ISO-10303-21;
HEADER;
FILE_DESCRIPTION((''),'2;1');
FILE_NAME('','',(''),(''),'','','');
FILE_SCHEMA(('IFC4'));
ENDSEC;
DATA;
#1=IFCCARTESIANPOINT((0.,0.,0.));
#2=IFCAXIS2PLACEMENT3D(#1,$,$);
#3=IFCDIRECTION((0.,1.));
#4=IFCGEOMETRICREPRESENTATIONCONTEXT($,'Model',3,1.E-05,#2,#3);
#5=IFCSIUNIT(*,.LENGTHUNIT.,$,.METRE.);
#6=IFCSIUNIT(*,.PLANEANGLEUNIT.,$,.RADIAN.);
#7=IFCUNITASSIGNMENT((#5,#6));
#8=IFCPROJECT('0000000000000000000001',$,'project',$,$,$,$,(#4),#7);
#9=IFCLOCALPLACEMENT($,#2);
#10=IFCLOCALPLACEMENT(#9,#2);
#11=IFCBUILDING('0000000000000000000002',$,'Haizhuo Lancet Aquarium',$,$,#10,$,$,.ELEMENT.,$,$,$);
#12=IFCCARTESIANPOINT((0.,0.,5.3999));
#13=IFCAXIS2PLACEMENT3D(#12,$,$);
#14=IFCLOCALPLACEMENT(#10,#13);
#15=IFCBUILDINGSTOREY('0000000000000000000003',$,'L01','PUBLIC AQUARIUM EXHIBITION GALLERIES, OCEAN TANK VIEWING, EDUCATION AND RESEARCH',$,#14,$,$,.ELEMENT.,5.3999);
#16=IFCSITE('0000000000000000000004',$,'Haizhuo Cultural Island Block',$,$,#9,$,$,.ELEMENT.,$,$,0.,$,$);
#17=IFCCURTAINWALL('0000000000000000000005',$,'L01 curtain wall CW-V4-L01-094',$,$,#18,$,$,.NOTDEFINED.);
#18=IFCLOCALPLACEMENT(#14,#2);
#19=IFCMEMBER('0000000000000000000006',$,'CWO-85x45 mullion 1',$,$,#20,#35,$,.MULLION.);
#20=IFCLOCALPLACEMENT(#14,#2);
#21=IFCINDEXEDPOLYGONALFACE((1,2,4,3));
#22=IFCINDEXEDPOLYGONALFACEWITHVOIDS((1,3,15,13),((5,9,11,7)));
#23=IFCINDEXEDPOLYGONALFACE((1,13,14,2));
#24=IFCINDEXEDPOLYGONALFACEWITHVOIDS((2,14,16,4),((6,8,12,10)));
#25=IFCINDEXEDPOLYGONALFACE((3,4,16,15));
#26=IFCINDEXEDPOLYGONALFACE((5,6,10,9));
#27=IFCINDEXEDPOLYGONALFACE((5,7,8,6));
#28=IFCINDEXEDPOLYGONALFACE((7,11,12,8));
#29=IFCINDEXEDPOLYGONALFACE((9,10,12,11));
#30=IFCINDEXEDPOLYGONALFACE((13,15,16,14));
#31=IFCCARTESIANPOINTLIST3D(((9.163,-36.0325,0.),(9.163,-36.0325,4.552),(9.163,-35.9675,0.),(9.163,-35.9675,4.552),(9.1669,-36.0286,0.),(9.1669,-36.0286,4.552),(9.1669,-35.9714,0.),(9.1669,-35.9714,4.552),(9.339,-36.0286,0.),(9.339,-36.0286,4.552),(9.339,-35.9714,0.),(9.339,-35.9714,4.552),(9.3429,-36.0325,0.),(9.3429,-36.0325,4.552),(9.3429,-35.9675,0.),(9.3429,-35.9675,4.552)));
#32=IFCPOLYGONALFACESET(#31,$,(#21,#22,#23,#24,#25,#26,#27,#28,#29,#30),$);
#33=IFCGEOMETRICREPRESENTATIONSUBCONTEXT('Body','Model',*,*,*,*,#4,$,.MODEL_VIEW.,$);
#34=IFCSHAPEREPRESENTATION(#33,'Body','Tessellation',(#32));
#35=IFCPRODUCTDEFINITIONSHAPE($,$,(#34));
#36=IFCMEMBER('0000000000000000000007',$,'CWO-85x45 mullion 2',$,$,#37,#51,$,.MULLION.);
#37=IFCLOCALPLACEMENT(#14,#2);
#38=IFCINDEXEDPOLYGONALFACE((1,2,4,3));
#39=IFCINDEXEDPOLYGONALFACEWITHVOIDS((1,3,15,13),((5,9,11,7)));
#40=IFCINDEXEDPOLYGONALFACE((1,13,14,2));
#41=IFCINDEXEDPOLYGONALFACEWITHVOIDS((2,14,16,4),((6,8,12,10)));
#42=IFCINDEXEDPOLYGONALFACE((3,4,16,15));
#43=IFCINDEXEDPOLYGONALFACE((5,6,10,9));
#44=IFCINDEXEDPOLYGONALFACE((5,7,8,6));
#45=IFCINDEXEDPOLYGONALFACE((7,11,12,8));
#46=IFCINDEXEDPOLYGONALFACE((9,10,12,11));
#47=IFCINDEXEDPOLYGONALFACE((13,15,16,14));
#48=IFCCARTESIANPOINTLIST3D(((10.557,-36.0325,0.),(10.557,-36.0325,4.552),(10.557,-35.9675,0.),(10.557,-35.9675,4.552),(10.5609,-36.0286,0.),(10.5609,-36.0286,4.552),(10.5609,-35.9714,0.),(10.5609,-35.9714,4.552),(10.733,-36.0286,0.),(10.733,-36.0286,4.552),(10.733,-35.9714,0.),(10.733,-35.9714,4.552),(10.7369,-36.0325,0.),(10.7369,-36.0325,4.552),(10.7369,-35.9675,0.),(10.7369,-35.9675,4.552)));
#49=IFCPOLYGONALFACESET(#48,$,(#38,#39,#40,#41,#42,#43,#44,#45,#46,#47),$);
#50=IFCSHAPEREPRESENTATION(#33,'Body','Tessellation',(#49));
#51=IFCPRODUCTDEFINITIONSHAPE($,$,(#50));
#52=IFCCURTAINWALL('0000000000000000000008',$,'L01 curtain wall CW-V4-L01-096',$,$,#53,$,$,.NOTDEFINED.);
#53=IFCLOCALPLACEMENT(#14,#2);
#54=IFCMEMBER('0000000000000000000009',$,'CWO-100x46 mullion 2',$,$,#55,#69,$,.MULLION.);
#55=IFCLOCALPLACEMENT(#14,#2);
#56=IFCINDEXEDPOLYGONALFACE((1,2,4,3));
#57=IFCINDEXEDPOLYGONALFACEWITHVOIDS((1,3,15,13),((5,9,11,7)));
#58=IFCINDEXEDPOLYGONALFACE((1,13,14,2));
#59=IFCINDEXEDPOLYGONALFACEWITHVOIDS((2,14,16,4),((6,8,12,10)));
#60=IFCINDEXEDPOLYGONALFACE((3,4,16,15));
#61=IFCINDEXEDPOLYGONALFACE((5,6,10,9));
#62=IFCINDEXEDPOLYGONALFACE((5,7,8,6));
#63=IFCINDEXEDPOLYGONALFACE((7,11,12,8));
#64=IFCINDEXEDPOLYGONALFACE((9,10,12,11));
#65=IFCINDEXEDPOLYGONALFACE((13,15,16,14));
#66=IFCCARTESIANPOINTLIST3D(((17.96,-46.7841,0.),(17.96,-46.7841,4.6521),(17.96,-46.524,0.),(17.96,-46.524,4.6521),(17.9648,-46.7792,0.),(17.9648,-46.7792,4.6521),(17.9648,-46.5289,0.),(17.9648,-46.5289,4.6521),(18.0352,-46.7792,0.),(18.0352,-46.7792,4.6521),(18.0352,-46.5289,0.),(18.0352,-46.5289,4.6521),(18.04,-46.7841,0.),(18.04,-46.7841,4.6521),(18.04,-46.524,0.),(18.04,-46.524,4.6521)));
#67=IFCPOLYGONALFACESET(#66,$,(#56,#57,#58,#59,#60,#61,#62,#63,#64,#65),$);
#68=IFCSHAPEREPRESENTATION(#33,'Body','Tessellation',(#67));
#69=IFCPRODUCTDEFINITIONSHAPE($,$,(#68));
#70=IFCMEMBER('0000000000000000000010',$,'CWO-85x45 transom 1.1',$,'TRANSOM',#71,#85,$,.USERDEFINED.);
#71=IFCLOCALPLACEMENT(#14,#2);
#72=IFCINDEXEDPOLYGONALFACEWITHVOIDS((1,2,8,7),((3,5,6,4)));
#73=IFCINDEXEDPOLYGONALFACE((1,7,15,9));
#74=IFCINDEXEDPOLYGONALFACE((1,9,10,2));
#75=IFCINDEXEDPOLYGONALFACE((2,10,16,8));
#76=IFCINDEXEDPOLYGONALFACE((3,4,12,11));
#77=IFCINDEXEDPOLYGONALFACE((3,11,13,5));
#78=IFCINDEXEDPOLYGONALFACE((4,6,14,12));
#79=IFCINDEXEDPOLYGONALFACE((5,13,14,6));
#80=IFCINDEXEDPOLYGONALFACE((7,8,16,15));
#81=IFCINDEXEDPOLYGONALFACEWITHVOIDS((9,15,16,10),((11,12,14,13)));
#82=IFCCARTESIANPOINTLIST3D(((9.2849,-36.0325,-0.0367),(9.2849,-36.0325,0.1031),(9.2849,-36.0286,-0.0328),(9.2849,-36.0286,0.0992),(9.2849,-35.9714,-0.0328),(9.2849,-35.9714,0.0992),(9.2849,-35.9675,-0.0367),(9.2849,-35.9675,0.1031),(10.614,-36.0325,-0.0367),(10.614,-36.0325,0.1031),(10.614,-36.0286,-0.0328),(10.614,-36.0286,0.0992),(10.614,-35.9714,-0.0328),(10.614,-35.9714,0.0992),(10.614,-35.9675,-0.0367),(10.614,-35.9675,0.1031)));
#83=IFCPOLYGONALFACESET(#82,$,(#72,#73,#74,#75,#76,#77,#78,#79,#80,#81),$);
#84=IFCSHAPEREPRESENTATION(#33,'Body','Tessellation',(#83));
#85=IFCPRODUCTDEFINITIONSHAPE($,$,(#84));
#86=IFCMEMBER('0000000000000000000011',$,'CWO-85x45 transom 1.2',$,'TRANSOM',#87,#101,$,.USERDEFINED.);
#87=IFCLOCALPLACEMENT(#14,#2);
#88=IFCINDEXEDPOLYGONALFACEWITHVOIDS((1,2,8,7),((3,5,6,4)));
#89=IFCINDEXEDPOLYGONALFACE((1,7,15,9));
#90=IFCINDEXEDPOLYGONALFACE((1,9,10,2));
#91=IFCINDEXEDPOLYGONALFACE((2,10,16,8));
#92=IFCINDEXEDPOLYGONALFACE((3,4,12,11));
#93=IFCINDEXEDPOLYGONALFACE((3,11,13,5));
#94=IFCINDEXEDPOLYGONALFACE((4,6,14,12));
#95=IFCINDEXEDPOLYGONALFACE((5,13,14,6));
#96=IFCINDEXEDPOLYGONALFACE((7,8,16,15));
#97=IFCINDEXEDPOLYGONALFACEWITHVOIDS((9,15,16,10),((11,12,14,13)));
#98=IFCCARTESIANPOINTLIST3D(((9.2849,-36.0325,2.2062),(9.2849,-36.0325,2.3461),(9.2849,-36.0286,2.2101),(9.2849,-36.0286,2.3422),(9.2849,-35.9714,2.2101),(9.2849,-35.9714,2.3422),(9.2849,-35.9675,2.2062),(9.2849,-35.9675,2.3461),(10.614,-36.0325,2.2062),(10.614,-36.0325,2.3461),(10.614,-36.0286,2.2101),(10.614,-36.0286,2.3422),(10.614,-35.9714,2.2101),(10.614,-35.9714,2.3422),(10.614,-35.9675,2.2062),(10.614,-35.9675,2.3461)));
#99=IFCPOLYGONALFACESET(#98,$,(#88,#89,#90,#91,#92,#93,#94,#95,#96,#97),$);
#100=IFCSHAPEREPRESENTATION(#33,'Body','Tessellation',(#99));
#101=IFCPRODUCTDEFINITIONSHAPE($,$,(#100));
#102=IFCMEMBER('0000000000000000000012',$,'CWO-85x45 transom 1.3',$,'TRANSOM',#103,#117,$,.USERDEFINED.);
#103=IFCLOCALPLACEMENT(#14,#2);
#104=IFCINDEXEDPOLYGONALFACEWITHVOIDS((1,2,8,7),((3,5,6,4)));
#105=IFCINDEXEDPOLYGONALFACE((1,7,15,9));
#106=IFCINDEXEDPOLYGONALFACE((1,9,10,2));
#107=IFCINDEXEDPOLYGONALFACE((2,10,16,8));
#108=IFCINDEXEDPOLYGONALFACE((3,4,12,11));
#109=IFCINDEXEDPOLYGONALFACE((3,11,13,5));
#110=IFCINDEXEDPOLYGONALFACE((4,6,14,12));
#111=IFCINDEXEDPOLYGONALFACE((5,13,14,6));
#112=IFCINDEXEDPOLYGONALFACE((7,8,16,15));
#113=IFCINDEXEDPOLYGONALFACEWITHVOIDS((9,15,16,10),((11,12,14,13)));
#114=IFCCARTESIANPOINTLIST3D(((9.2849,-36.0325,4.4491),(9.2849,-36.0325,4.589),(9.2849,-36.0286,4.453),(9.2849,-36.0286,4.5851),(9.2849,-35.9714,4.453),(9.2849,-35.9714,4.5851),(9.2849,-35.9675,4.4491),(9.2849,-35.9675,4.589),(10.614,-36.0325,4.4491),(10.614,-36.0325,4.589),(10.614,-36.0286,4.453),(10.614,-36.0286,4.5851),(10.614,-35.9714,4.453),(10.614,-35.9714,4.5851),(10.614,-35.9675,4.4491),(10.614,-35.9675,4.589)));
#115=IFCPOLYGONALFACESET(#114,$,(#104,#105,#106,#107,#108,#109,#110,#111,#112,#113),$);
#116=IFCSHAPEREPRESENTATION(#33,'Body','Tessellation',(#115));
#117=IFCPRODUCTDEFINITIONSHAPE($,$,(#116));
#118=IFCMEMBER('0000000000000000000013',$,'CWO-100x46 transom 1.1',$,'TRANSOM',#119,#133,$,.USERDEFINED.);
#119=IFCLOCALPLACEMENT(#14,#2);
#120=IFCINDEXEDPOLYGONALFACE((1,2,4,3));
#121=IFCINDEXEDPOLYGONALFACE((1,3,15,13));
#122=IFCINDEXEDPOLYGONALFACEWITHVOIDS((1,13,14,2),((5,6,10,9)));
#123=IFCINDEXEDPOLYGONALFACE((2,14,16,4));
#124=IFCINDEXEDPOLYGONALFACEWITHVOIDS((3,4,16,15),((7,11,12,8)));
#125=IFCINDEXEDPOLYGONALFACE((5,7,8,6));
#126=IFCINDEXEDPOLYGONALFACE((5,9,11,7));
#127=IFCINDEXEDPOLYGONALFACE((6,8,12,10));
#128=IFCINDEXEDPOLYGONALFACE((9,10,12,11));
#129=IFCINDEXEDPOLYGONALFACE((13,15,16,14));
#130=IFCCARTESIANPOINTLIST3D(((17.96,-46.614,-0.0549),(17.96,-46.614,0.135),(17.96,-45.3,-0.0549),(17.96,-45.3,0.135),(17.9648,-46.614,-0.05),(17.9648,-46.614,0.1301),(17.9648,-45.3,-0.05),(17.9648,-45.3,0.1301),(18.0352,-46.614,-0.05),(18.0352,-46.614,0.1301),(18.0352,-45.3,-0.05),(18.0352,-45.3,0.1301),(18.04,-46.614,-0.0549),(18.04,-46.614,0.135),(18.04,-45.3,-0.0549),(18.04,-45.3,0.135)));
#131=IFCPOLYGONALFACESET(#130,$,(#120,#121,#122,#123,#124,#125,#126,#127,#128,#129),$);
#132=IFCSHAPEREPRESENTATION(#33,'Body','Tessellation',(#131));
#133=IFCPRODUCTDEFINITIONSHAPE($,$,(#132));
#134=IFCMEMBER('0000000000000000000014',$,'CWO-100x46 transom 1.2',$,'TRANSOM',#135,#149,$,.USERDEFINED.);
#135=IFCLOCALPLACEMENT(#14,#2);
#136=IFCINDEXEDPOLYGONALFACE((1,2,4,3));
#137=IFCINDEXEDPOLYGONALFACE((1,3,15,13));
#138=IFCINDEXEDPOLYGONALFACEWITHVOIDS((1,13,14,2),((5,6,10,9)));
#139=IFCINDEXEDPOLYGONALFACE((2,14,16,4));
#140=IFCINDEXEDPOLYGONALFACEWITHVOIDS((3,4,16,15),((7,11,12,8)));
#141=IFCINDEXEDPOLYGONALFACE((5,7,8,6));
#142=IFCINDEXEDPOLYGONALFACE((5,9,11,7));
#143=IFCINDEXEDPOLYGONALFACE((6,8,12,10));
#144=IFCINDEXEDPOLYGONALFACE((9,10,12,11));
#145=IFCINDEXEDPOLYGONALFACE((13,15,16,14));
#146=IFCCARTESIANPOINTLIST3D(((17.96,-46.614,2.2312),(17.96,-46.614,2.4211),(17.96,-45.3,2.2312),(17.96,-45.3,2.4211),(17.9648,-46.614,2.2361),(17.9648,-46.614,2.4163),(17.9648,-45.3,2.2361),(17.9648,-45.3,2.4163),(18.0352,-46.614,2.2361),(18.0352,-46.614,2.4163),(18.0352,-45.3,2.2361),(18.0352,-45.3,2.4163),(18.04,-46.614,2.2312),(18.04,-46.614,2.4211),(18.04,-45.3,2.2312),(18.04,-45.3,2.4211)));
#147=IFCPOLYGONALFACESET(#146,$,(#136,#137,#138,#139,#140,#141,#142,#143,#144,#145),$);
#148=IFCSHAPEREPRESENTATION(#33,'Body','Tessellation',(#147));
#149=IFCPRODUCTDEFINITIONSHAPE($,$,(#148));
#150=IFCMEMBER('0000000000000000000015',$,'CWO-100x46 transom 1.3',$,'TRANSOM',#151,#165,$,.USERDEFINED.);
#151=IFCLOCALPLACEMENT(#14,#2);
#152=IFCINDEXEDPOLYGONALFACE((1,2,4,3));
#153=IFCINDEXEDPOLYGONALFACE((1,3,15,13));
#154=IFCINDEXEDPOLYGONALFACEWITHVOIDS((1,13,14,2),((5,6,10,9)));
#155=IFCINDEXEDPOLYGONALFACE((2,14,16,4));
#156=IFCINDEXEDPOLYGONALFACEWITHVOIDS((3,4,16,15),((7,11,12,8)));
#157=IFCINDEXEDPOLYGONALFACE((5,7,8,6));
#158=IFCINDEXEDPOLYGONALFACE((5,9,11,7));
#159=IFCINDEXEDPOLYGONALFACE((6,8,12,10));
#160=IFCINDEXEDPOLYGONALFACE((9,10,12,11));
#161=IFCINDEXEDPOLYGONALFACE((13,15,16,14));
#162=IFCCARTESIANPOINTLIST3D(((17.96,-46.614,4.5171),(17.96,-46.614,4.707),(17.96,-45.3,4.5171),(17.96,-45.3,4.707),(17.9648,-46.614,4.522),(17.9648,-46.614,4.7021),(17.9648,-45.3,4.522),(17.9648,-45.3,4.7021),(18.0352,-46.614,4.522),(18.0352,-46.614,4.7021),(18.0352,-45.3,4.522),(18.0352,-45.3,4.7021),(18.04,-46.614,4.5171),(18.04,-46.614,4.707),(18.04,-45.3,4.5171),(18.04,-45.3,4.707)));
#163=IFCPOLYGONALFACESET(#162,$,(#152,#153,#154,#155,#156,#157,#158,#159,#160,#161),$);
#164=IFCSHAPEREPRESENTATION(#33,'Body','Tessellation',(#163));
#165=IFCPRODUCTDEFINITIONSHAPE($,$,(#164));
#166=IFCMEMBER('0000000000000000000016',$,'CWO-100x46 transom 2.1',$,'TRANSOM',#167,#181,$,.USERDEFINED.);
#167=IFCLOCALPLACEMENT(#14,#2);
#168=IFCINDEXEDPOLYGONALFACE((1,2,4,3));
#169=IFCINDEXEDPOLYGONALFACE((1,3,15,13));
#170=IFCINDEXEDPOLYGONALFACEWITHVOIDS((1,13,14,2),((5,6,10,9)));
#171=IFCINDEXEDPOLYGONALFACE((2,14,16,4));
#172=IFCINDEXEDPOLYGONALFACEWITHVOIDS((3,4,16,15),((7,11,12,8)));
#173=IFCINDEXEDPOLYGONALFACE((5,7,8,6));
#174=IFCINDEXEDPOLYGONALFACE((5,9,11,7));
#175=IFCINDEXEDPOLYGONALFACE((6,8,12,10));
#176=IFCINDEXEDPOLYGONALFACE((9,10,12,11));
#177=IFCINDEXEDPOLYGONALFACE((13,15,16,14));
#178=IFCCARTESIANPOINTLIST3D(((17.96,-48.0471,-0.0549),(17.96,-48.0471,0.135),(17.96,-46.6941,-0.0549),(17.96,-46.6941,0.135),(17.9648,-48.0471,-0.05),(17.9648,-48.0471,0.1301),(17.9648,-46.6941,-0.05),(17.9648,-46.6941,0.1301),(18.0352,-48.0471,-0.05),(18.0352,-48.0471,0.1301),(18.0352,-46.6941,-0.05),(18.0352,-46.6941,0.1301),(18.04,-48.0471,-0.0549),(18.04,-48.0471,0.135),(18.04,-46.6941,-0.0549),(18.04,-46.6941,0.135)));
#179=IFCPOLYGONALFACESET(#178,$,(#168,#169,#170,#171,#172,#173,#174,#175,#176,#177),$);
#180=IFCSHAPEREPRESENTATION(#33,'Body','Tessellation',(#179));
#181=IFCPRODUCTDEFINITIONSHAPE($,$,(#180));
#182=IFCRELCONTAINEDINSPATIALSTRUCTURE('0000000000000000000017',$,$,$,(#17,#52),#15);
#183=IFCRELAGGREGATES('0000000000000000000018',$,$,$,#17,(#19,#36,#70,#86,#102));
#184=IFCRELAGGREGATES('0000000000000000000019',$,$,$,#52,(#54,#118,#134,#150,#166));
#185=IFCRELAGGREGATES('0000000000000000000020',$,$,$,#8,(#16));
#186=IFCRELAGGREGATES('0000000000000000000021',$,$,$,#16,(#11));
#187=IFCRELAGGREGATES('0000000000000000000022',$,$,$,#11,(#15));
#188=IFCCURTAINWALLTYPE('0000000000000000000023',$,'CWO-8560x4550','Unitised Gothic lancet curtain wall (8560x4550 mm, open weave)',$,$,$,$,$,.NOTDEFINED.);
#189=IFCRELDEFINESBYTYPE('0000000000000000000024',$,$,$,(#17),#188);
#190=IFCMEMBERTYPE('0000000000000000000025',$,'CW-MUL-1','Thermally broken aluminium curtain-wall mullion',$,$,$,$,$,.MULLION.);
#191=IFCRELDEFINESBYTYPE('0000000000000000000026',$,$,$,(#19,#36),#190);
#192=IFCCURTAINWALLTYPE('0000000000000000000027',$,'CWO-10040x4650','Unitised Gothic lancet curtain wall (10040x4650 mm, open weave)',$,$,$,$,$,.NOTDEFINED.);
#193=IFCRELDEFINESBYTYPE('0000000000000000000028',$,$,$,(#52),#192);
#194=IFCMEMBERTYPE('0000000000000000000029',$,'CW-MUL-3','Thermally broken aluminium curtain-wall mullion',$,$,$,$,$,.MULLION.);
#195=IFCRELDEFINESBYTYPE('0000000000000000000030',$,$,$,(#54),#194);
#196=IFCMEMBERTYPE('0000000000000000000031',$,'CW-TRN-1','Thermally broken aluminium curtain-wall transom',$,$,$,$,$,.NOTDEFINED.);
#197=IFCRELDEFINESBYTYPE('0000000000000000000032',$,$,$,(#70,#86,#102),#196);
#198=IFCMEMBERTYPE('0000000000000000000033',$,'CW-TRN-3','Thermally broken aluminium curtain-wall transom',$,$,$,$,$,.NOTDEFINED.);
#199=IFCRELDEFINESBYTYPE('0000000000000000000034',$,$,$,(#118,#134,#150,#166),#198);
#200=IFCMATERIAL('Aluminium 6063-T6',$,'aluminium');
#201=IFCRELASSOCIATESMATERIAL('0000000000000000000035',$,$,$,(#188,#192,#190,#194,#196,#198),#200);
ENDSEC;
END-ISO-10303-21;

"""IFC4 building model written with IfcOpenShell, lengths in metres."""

from ifc_helpers import new_model, si_unit, direction, frame, origin, origin_2d, place, context, subcontext, project, spatial, hollow_rectangle, extrude, material, material_profile, profile_set, type_object, element, aggregate, save


model = new_model("IFC4")

# Units and contexts
model_context = context("Model", 3, precision=1e-05, world=origin(), true_north=direction((0.0, 1.0)))
body_context = subcontext(model_context, "Body", "Model", "MODEL_VIEW")
ifc_project = project(units=[si_unit("LENGTHUNIT", "METRE"), si_unit("PLANEANGLEUNIT", "RADIAN")], contexts=[model_context])

# Site, building, storey
site_placement = place(None, origin())
site = spatial("IfcSite", under=ifc_project, at=site_placement, Name="Haizhuo Cultural Island Block", CompositionType="ELEMENT", RefElevation=0.0)
building_placement = place(site_placement, origin())
building = spatial("IfcBuilding", under=site, at=building_placement, Name="Haizhuo Lancet Aquarium", CompositionType="ELEMENT")
storey_placement = place(building_placement, frame((0.0, 0.0, 5.3999)))
storey = spatial("IfcBuildingStorey", under=building, at=storey_placement, Name="L01", Description="PUBLIC AQUARIUM EXHIBITION GALLERIES, OCEAN TANK VIEWING, EDUCATION AND RESEARCH", CompositionType="ELEMENT", Elevation=5.3999)

# Curtain wall, members
ifc_material_1 = material(Name="Aluminium 6063-T6", Category="aluminium")
curtain_wall_type_1 = type_object("IfcCurtainWallType", Name="CWO-8560x4550", Description="Unitised Gothic lancet curtain wall (8560x4550 mm, open weave)", PredefinedType="NOTDEFINED", material=ifc_material_1)
curtain_wall_1_placement = place(storey_placement, origin())
curtain_wall_1 = element("IfcCurtainWall", 1, at=curtain_wall_1_placement, inside=storey, type_object=curtain_wall_type_1, Name="L01 curtain wall CW-V4-L01-094", PredefinedType="NOTDEFINED")
ifc_material_profile_1 = material_profile(ifc_material_1, hollow_rectangle(XDim=0.0649, YDim=0.1799, WallThickness=0.0039, at=origin_2d()), Name="ALU-M 65x180x4")
ifc_profile_set_1 = profile_set([ifc_material_profile_1], Name="Aluminium 6063-T6")
member_type_1 = type_object("IfcMemberType", Name="CW-MUL-1", Description="Thermally broken aluminium curtain-wall mullion", PredefinedType="MULLION", material=ifc_profile_set_1)
member_1_placement = place(storey_placement, frame((9.2529, -36.0, 0.0), z_axis=(0.0, 0.0, 1.0), x_axis=(0.0, 1.0, 0.0)))
member_1 = element("IfcMember", 2, at=member_1_placement, type_object=member_type_1, Name="CWO-85x45 mullion 1", PredefinedType="MULLION", context=body_context, shape_type="SweptSolid", body=[
    extrude(hollow_rectangle(XDim=0.0649, YDim=0.1799, WallThickness=0.0039, at=origin_2d()), origin(), (0.0, 0.0, 1.0), 4.552),
])
member_2_placement = place(storey_placement, frame((10.647, -36.0, 0.0), z_axis=(0.0, 0.0, 1.0), x_axis=(0.0, 1.0, 0.0)))
member_2 = element("IfcMember", 3, at=member_2_placement, type_object=member_type_1, Name="CWO-85x45 mullion 2", PredefinedType="MULLION", context=body_context, shape_type="SweptSolid", body=[
    extrude(hollow_rectangle(XDim=0.0649, YDim=0.1799, WallThickness=0.0039, at=origin_2d()), origin(), (0.0, 0.0, 1.0), 4.552),
])

# Curtain wall, member
curtain_wall_type_2 = type_object("IfcCurtainWallType", Name="CWO-10040x4650", Description="Unitised Gothic lancet curtain wall (10040x4650 mm, open weave)", PredefinedType="NOTDEFINED", material=ifc_material_1)
curtain_wall_2_placement = place(storey_placement, origin())
curtain_wall_2 = element("IfcCurtainWall", 4, at=curtain_wall_2_placement, inside=storey, type_object=curtain_wall_type_2, Name="L01 curtain wall CW-V4-L01-096", PredefinedType="NOTDEFINED")
ifc_material_profile_2 = material_profile(ifc_material_1, hollow_rectangle(XDim=0.0801, YDim=0.26, WallThickness=0.0049, at=origin_2d()), Name="ALU-M 80x260x5")
ifc_profile_set_2 = profile_set([ifc_material_profile_2], Name="Aluminium 6063-T6")
member_type_2 = type_object("IfcMemberType", Name="CW-MUL-3", Description="Thermally broken aluminium curtain-wall mullion", PredefinedType="MULLION", material=ifc_profile_set_2)
member_3_placement = place(storey_placement, frame((18.0, -46.6541, 0.0), z_axis=(0.0, 0.0, 1.0), x_axis=(1.0, 0.0, 0.0)))
member_3 = element("IfcMember", 5, at=member_3_placement, type_object=member_type_2, Name="CWO-100x46 mullion 2", PredefinedType="MULLION", context=body_context, shape_type="SweptSolid", body=[
    extrude(hollow_rectangle(XDim=0.0801, YDim=0.26, WallThickness=0.0049, at=origin_2d()), origin(), (0.0, 0.0, 1.0), 4.6521),
])

# Members
ifc_material_profile_3 = material_profile(ifc_material_1, hollow_rectangle(XDim=0.0649, YDim=0.1399, WallThickness=0.0039, at=origin_2d()), Name="ALU-T 65x140x4")
ifc_profile_set_3 = profile_set([ifc_material_profile_3], Name="Aluminium 6063-T6")
member_type_3 = type_object("IfcMemberType", Name="CW-TRN-1", Description="Thermally broken aluminium curtain-wall transom", PredefinedType="NOTDEFINED", material=ifc_profile_set_3)
member_4_placement = place(storey_placement, frame((9.2849, -36.0, 0.0332), z_axis=(1.0, 0.0, 0.0), x_axis=(0.0, 1.0, 0.0)))
member_4 = element("IfcMember", 6, at=member_4_placement, type_object=member_type_3, Name="CWO-85x45 transom 1.1", ObjectType="TRANSOM", PredefinedType="USERDEFINED", context=body_context, shape_type="SweptSolid", body=[
    extrude(hollow_rectangle(XDim=0.0649, YDim=0.1399, WallThickness=0.0039, at=origin_2d()), origin(), (0.0, 0.0, 1.0), 1.3291),
])
member_5_placement = place(storey_placement, frame((9.2849, -36.0, 2.2761), z_axis=(1.0, 0.0, 0.0), x_axis=(0.0, 1.0, 0.0)))
member_5 = element("IfcMember", 7, at=member_5_placement, type_object=member_type_3, Name="CWO-85x45 transom 1.2", ObjectType="TRANSOM", PredefinedType="USERDEFINED", context=body_context, shape_type="SweptSolid", body=[
    extrude(hollow_rectangle(XDim=0.0649, YDim=0.1399, WallThickness=0.0039, at=origin_2d()), origin(), (0.0, 0.0, 1.0), 1.3291),
])
member_6_placement = place(storey_placement, frame((9.2849, -36.0, 4.519), z_axis=(1.0, 0.0, 0.0), x_axis=(0.0, 1.0, 0.0)))
member_6 = element("IfcMember", 8, at=member_6_placement, type_object=member_type_3, Name="CWO-85x45 transom 1.3", ObjectType="TRANSOM", PredefinedType="USERDEFINED", context=body_context, shape_type="SweptSolid", body=[
    extrude(hollow_rectangle(XDim=0.0649, YDim=0.1399, WallThickness=0.0039, at=origin_2d()), origin(), (0.0, 0.0, 1.0), 1.3291),
])
ifc_material_profile_4 = material_profile(ifc_material_1, hollow_rectangle(XDim=0.0801, YDim=0.1899, WallThickness=0.0049, at=origin_2d()), Name="ALU-T 80x190x5")
ifc_profile_set_4 = profile_set([ifc_material_profile_4], Name="Aluminium 6063-T6")
member_type_4 = type_object("IfcMemberType", Name="CW-TRN-3", Description="Thermally broken aluminium curtain-wall transom", PredefinedType="NOTDEFINED", material=ifc_profile_set_4)
member_7_placement = place(storey_placement, frame((18.0, -45.3, 0.04), z_axis=(0.0, -1.0, 0.0), x_axis=(1.0, 0.0, 0.0)))
member_7 = element("IfcMember", 9, at=member_7_placement, type_object=member_type_4, Name="CWO-100x46 transom 1.1", ObjectType="TRANSOM", PredefinedType="USERDEFINED", context=body_context, shape_type="SweptSolid", body=[
    extrude(hollow_rectangle(XDim=0.0801, YDim=0.1899, WallThickness=0.0049, at=origin_2d()), origin(), (0.0, 0.0, 1.0), 1.314),
])
member_8_placement = place(storey_placement, frame((18.0, -45.3, 2.3262), z_axis=(0.0, -1.0, 0.0), x_axis=(1.0, 0.0, 0.0)))
member_8 = element("IfcMember", 10, at=member_8_placement, type_object=member_type_4, Name="CWO-100x46 transom 1.2", ObjectType="TRANSOM", PredefinedType="USERDEFINED", context=body_context, shape_type="SweptSolid", body=[
    extrude(hollow_rectangle(XDim=0.0801, YDim=0.1899, WallThickness=0.0049, at=origin_2d()), origin(), (0.0, 0.0, 1.0), 1.314),
])
member_9_placement = place(storey_placement, frame((18.0, -45.3, 4.6121), z_axis=(0.0, -1.0, 0.0), x_axis=(1.0, 0.0, 0.0)))
member_9 = element("IfcMember", 11, at=member_9_placement, type_object=member_type_4, Name="CWO-100x46 transom 1.3", ObjectType="TRANSOM", PredefinedType="USERDEFINED", context=body_context, shape_type="SweptSolid", body=[
    extrude(hollow_rectangle(XDim=0.0801, YDim=0.1899, WallThickness=0.0049, at=origin_2d()), origin(), (0.0, 0.0, 1.0), 1.314),
])
member_10_placement = place(storey_placement, frame((18.0, -46.6941, 0.04), z_axis=(0.0, -1.0, 0.0), x_axis=(1.0, 0.0, 0.0)))
member_10 = element("IfcMember", 12, at=member_10_placement, type_object=member_type_4, Name="CWO-100x46 transom 2.1", ObjectType="TRANSOM", PredefinedType="USERDEFINED", context=body_context, shape_type="SweptSolid", body=[
    extrude(hollow_rectangle(XDim=0.0801, YDim=0.1899, WallThickness=0.0049, at=origin_2d()), origin(), (0.0, 0.0, 1.0), 1.353),
])

aggregate(curtain_wall_1, [member_1, member_2, member_4, member_5, member_6])
aggregate(curtain_wall_2, [member_3, member_7, member_8, member_9, member_10])

save(model, "model.ifc")
